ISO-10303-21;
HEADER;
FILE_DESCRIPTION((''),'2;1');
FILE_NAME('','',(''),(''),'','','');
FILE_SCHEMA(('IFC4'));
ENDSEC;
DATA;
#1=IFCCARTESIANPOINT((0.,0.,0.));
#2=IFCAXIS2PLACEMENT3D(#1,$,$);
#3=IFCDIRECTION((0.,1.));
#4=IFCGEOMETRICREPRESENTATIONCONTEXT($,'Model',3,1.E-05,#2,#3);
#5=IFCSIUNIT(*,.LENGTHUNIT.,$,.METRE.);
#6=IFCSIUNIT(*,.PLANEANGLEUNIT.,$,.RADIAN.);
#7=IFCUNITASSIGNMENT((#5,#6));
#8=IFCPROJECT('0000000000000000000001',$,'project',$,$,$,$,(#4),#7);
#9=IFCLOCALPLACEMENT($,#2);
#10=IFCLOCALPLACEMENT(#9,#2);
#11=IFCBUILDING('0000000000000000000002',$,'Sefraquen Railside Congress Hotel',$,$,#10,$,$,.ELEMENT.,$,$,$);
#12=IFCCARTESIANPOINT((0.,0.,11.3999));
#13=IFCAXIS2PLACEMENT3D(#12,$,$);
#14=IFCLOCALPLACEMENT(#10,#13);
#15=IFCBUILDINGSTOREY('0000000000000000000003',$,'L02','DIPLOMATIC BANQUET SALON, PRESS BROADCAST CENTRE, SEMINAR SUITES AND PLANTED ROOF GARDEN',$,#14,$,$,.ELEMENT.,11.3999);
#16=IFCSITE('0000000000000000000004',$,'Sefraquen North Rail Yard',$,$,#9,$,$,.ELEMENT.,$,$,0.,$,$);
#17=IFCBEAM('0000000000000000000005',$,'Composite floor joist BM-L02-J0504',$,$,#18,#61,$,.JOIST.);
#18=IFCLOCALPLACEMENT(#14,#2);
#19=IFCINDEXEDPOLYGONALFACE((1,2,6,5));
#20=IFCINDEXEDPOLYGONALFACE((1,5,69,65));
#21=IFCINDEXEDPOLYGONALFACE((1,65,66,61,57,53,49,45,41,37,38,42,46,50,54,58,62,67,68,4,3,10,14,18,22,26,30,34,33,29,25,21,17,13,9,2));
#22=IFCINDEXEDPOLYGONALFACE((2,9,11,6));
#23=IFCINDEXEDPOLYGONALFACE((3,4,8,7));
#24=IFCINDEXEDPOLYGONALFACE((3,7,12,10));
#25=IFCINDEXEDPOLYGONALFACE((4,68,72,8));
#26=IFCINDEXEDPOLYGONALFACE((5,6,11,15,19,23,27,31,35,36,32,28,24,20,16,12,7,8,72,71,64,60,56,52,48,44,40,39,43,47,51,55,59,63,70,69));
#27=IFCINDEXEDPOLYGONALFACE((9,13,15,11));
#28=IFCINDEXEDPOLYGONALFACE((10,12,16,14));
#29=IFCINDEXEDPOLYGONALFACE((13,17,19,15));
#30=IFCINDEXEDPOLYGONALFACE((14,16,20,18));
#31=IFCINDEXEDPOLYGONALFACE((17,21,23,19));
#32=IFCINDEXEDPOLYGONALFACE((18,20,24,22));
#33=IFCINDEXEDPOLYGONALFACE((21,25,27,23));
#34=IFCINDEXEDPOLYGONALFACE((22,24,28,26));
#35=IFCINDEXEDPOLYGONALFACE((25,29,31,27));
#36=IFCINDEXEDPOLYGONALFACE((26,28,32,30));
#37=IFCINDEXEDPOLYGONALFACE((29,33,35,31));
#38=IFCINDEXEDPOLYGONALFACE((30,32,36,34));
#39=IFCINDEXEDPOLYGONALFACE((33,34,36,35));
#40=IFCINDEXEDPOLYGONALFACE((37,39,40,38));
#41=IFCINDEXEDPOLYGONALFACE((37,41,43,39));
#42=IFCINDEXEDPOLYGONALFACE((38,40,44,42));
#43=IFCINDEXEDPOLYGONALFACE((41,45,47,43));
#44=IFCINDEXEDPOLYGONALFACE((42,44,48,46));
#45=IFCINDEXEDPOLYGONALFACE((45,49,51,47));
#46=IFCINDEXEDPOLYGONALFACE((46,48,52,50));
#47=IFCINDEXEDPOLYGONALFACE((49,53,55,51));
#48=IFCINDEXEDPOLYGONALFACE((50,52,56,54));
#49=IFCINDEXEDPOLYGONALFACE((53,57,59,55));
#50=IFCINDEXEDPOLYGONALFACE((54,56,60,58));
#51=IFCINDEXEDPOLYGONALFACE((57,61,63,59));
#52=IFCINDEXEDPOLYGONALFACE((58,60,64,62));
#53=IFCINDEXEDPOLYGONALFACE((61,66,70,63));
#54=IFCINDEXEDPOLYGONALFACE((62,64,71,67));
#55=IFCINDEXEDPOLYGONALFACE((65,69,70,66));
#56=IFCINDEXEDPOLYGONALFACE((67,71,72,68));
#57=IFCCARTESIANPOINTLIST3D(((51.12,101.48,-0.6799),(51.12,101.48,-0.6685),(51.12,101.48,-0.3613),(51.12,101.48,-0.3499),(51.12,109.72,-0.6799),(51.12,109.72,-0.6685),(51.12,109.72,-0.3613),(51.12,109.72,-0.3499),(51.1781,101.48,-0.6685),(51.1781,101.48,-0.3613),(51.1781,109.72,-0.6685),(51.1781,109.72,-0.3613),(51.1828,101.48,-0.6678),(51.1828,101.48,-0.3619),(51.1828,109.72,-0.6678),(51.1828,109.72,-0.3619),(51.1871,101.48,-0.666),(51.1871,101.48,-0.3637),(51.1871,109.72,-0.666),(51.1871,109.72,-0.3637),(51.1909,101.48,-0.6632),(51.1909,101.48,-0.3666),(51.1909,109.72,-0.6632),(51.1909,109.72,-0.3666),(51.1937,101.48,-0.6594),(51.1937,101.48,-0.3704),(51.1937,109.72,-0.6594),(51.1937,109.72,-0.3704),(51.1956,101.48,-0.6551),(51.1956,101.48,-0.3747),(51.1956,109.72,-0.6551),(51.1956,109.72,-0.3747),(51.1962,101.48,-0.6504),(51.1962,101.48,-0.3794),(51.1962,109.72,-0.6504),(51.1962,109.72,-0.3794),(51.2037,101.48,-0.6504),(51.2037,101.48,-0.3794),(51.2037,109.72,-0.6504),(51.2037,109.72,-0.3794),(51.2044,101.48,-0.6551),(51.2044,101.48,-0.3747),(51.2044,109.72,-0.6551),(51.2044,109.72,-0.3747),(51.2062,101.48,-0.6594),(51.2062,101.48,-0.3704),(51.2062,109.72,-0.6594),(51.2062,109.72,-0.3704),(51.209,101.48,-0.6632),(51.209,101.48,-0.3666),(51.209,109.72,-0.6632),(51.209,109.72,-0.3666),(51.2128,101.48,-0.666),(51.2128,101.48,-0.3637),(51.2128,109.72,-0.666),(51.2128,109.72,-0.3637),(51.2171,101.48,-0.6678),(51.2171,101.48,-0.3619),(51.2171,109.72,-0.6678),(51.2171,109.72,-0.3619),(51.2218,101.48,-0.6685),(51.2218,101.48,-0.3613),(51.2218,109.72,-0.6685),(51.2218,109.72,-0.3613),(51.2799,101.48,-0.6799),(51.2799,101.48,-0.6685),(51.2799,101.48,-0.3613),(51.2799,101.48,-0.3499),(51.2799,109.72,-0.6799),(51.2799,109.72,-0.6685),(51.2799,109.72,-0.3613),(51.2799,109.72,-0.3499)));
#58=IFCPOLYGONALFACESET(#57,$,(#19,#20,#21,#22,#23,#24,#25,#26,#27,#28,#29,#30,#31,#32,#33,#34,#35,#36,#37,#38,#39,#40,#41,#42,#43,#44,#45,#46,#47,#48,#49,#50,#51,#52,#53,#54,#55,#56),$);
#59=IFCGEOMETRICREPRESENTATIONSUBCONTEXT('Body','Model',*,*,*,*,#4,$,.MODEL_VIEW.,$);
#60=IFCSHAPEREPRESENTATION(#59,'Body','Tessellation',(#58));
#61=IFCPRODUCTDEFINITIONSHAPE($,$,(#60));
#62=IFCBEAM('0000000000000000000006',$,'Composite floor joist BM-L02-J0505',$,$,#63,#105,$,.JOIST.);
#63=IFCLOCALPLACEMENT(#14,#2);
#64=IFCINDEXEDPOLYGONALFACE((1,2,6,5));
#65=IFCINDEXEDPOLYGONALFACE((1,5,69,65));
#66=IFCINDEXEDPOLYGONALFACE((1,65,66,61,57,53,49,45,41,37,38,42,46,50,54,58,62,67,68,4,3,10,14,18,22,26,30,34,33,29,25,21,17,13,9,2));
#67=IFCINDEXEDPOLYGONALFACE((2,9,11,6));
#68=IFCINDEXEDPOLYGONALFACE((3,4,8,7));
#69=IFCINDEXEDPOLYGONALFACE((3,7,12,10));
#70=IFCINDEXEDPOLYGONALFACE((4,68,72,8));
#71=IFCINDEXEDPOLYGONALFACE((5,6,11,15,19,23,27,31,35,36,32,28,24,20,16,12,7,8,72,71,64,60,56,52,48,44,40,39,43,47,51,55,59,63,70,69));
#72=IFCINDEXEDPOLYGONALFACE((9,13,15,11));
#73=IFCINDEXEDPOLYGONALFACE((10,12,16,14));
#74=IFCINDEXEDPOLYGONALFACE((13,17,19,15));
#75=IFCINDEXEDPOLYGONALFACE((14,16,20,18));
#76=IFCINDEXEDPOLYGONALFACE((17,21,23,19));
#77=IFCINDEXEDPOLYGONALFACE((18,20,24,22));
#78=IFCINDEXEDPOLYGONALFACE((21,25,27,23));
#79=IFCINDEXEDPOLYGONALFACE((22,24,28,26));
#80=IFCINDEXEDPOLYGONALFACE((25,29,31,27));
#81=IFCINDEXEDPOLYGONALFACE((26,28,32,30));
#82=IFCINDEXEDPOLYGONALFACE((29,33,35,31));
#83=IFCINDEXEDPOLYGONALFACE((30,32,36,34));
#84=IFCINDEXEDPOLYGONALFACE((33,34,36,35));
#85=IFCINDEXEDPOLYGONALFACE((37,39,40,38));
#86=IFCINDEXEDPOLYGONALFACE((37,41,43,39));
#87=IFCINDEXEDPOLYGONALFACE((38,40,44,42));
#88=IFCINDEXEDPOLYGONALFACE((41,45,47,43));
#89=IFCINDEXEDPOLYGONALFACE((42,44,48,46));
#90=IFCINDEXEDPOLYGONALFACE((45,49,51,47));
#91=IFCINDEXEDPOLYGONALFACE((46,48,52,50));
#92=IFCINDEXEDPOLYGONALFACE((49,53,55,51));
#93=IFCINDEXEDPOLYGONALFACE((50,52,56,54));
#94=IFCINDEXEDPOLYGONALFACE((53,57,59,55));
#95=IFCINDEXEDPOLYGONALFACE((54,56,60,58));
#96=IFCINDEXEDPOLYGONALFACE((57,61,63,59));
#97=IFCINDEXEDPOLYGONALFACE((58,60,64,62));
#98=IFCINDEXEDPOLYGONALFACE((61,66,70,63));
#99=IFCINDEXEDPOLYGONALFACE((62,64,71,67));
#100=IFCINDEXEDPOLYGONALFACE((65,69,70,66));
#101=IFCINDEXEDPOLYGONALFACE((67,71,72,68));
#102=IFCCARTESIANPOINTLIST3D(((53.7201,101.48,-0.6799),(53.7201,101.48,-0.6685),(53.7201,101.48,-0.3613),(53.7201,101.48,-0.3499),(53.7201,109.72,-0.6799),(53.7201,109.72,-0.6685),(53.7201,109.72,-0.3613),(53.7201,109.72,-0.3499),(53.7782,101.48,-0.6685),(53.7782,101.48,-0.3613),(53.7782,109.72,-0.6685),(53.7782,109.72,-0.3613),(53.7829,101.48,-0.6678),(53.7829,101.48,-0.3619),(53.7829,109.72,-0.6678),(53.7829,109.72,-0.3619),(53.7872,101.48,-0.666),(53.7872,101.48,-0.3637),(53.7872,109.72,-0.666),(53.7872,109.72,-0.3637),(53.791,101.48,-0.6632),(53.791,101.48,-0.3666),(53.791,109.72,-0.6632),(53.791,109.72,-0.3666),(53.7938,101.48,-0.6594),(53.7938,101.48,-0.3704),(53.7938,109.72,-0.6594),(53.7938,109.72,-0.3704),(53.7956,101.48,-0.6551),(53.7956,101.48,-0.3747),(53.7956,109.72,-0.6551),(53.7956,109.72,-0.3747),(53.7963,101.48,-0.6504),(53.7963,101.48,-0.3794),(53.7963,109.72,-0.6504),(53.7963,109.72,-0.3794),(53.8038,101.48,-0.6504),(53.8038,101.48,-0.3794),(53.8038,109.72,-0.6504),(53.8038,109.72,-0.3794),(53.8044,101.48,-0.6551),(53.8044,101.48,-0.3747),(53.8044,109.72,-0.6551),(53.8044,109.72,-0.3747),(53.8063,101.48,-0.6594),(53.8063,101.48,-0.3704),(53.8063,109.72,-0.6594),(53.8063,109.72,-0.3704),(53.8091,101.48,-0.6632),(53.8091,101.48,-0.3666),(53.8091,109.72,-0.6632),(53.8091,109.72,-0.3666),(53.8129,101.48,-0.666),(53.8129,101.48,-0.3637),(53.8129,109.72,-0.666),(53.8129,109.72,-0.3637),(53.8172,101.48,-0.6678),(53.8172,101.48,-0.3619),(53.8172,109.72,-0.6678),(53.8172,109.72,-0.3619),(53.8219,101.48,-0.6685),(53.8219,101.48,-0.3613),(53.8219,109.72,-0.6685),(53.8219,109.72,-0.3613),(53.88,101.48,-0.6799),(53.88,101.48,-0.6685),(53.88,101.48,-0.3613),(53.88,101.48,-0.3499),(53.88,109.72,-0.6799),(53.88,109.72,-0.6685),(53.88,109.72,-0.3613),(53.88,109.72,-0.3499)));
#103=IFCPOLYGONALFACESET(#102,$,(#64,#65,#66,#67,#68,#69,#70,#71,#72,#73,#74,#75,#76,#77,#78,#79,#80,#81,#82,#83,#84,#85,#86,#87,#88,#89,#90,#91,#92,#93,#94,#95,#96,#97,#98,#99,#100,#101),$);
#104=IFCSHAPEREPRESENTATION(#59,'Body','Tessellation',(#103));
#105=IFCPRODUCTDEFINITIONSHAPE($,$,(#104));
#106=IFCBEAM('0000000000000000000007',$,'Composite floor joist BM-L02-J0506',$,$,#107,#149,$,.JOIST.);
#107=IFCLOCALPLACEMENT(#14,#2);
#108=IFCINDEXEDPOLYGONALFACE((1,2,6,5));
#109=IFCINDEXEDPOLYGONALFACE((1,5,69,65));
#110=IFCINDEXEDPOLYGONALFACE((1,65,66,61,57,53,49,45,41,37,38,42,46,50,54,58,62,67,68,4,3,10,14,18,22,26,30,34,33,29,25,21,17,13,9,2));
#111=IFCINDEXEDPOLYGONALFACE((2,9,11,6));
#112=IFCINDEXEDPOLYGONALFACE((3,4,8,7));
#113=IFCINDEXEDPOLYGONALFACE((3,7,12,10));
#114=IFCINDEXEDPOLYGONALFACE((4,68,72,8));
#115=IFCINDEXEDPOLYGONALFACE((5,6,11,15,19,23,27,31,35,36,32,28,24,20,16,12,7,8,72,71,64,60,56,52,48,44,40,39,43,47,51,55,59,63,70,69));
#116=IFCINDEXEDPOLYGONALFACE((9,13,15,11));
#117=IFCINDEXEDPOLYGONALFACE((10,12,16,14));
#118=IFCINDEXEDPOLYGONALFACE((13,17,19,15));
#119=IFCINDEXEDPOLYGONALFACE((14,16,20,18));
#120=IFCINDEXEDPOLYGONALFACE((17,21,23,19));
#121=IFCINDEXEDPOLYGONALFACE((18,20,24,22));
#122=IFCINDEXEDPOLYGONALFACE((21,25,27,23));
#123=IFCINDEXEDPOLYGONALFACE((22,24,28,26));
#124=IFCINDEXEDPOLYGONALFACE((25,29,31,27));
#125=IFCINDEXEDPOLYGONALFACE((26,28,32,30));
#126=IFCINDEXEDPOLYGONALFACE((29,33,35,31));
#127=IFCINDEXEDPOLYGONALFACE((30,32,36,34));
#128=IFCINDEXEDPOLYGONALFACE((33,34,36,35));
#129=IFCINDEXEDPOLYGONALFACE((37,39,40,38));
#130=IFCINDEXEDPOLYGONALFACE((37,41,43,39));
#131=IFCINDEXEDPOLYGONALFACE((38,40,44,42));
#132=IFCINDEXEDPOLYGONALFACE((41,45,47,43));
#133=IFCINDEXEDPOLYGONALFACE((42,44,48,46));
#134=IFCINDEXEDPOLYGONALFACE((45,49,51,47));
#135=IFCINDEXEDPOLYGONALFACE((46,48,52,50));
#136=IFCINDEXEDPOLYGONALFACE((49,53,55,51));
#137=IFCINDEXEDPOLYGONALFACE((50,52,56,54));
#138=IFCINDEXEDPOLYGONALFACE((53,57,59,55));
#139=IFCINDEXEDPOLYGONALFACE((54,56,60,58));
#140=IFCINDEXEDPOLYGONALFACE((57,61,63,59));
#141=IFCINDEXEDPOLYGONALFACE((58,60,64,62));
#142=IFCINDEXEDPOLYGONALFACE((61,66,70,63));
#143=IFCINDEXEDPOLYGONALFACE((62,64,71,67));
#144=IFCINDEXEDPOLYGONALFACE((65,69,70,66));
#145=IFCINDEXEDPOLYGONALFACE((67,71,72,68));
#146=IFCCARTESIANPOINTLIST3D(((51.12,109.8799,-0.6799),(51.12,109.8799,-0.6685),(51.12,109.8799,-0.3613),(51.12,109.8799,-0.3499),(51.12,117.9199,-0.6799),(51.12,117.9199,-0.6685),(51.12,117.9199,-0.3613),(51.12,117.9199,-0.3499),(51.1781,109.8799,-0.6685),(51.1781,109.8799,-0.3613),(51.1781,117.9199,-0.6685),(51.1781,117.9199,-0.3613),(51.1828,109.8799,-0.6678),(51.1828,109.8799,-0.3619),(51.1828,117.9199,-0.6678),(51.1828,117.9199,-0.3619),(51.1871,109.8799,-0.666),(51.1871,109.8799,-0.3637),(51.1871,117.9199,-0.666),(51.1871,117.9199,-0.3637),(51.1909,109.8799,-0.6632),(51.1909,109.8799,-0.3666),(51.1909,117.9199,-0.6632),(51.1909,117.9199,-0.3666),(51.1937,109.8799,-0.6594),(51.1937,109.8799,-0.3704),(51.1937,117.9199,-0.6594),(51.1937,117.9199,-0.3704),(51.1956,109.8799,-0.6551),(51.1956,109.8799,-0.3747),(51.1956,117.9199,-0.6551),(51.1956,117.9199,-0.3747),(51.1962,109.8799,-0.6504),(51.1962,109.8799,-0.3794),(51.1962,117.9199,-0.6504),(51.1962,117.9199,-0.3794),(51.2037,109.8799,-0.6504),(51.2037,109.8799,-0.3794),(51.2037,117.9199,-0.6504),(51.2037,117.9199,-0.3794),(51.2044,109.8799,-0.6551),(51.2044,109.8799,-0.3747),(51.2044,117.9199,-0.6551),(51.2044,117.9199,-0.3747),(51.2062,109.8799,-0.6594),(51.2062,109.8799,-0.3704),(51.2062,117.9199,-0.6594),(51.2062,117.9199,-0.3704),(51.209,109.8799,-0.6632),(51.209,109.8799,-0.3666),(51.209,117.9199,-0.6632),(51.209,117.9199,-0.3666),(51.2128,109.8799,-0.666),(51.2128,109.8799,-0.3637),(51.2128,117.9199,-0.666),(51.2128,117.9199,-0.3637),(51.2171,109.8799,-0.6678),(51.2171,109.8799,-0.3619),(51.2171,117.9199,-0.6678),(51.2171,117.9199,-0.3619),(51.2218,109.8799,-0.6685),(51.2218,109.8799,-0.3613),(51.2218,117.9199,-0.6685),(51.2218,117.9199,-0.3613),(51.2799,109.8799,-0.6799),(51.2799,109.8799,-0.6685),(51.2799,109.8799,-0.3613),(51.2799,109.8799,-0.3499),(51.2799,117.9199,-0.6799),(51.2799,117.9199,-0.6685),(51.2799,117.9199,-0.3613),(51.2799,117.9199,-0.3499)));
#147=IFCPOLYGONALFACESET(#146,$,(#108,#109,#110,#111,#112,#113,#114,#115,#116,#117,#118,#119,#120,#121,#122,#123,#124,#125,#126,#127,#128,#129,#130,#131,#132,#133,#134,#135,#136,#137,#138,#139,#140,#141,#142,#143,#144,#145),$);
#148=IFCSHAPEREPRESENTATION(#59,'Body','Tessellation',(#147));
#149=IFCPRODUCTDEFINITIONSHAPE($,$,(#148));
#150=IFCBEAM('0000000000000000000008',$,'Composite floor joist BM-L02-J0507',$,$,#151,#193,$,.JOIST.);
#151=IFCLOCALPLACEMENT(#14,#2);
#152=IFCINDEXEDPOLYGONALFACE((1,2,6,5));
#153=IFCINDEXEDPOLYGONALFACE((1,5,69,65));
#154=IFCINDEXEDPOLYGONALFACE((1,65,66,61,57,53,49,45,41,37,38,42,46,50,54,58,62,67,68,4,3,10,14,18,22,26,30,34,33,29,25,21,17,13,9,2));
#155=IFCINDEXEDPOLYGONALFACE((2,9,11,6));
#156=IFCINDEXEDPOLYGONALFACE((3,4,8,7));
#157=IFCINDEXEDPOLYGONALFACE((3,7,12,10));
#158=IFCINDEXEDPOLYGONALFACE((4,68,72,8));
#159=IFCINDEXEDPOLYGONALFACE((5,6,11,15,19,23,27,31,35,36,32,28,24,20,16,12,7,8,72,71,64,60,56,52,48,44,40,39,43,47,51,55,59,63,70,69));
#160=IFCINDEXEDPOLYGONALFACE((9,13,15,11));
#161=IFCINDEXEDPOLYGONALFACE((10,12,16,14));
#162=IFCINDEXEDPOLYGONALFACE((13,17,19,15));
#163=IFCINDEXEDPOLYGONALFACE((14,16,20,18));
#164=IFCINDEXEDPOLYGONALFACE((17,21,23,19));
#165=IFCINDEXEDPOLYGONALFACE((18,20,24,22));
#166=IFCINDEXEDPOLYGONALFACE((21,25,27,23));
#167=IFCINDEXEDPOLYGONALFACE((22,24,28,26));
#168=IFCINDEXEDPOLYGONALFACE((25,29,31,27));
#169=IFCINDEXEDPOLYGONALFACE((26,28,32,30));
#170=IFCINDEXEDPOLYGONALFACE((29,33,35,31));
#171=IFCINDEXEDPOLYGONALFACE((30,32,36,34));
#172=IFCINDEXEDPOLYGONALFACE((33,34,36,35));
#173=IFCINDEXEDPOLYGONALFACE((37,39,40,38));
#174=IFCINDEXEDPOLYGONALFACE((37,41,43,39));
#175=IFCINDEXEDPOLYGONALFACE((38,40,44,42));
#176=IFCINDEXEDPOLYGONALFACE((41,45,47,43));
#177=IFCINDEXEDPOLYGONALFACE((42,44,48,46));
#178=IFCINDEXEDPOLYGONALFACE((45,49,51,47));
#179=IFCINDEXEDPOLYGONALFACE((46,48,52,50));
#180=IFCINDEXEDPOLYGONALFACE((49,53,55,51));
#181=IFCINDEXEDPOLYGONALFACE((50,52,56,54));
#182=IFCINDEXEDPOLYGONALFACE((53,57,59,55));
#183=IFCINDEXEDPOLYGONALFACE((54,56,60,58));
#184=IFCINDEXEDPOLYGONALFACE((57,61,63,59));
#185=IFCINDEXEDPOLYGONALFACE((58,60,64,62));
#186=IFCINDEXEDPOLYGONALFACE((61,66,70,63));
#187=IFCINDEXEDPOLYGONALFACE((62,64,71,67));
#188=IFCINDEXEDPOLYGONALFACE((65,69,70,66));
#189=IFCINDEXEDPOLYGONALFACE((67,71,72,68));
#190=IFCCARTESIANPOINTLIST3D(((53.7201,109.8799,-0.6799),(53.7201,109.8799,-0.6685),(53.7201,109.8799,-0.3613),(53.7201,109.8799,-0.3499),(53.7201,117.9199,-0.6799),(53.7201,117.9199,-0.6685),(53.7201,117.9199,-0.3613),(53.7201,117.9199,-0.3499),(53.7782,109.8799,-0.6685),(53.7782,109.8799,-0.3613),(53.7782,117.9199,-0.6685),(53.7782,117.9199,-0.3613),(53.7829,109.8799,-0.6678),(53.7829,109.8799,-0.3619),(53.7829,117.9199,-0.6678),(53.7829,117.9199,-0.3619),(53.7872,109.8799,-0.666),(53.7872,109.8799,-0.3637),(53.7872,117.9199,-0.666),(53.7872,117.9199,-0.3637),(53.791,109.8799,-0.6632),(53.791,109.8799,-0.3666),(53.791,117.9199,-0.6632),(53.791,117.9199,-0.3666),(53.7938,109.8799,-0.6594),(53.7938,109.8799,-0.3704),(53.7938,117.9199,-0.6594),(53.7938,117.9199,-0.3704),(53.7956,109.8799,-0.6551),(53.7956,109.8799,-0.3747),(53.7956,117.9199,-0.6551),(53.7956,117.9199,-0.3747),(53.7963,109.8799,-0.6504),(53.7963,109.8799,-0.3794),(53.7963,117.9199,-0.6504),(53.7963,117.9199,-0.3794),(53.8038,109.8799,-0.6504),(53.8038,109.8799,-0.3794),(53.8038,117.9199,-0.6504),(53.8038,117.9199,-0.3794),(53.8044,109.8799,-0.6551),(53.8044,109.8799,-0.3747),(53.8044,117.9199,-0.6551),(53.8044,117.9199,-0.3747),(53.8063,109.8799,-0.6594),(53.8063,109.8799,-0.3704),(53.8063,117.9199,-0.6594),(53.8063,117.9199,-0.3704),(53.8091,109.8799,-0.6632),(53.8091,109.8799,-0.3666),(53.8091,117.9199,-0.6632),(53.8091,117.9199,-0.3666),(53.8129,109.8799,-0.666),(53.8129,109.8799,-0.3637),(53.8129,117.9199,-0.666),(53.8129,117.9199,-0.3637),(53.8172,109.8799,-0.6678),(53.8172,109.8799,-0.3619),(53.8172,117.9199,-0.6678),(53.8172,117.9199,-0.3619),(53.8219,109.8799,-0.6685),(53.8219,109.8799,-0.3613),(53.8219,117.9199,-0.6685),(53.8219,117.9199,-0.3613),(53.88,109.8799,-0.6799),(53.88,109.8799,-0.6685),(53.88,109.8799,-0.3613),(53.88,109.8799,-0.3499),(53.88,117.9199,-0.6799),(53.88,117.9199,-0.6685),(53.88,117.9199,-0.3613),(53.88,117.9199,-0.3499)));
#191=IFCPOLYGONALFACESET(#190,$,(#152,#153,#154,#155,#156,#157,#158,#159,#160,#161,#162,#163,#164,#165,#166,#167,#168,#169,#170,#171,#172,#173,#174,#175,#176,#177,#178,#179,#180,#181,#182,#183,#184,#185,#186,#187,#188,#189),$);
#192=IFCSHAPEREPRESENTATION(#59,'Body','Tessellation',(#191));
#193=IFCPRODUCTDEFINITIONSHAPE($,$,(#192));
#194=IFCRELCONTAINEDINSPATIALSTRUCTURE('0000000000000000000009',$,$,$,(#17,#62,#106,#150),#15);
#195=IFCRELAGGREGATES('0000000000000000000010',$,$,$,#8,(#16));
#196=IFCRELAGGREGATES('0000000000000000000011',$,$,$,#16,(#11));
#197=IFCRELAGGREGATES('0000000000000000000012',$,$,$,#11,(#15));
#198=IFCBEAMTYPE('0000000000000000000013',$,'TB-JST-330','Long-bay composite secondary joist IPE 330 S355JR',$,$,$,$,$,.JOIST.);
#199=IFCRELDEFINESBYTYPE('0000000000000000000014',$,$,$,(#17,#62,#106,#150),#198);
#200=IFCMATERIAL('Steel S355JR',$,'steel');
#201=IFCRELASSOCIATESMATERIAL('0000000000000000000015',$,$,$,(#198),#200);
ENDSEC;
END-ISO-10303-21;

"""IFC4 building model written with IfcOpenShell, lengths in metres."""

from ifc_helpers import new_model, si_unit, direction, frame, origin, origin_2d, place, context, subcontext, project, spatial, i_section, extrude, material, material_profile, profile_set, type_object, element, save


model = new_model("IFC4")

# Units and contexts
model_context = context("Model", 3, precision=1e-05, world=origin(), true_north=direction((0.0, 1.0)))
body_context = subcontext(model_context, "Body", "Model", "MODEL_VIEW")
ifc_project = project(units=[si_unit("LENGTHUNIT", "METRE"), si_unit("PLANEANGLEUNIT", "RADIAN")], contexts=[model_context])

# Site, building, storey
site_placement = place(None, origin())
site = spatial("IfcSite", under=ifc_project, at=site_placement, Name="Sefraquen North Rail Yard", CompositionType="ELEMENT", RefElevation=0.0)
building_placement = place(site_placement, origin())
building = spatial("IfcBuilding", under=site, at=building_placement, Name="Sefraquen Railside Congress Hotel", CompositionType="ELEMENT")
storey_placement = place(building_placement, frame((0.0, 0.0, 11.3999)))
storey = spatial("IfcBuildingStorey", under=building, at=storey_placement, Name="L02", Description="DIPLOMATIC BANQUET SALON, PRESS BROADCAST CENTRE, SEMINAR SUITES AND PLANTED ROOF GARDEN", CompositionType="ELEMENT", Elevation=11.3999)

# Shared definitions
ifc_material = material(Name="Steel S355JR", Category="steel")

# Beams
ifc_material_profile_1 = material_profile(ifc_material, i_section(OverallWidth=0.1599, OverallDepth=0.3301, WebThickness=0.0076, FlangeThickness=0.0115, FilletRadius=0.0181, at=origin_2d()), Name="IPE 330")
ifc_profile_set_1 = profile_set([ifc_material_profile_1], Name="Steel S355JR")
beam_type_1 = type_object("IfcBeamType", Name="TB-JST-330", Description="Long-bay composite secondary joist IPE 330 S355JR", PredefinedType="JOIST", material=ifc_profile_set_1)
for number, where, z_axis, x_axis, name in (
    (1, (51.2, 101.48, -0.5149), (0.0, 1.0, 0.0), (-1.0, 0.0, 0.0), "Composite floor joist BM-L02-J0504"),
    (2, (53.8, 101.48, -0.5149), (0.0, 1.0, 0.0), (-1.0, 0.0, 0.0), "Composite floor joist BM-L02-J0505"),
):
    element("IfcBeam", number, at=place(storey_placement, frame(where, z_axis=z_axis, x_axis=x_axis)), inside=storey, type_object=beam_type_1, Name=name, PredefinedType="JOIST", context=body_context, shape_type="SweptSolid", body=[
        extrude(i_section(OverallWidth=0.1599, OverallDepth=0.3301, WebThickness=0.0076, FlangeThickness=0.0115, FilletRadius=0.0181, at=origin_2d()), origin(), (0.0, 0.0, 1.0), 8.24),
    ])
for number, where, z_axis, x_axis, name in (
    (3, (51.2, 109.8799, -0.5149), (0.0, 1.0, 0.0), (-1.0, 0.0, 0.0), "Composite floor joist BM-L02-J0506"),
    (4, (53.8, 109.8799, -0.5149), (0.0, 1.0, 0.0), (-1.0, 0.0, 0.0), "Composite floor joist BM-L02-J0507"),
):
    element("IfcBeam", number, at=place(storey_placement, frame(where, z_axis=z_axis, x_axis=x_axis)), inside=storey, type_object=beam_type_1, Name=name, PredefinedType="JOIST", context=body_context, shape_type="SweptSolid", body=[
        extrude(i_section(OverallWidth=0.1599, OverallDepth=0.3301, WebThickness=0.0076, FlangeThickness=0.0115, FilletRadius=0.0181, at=origin_2d()), origin(), (0.0, 0.0, 1.0), 8.04),
    ])

save(model, "model.ifc")
